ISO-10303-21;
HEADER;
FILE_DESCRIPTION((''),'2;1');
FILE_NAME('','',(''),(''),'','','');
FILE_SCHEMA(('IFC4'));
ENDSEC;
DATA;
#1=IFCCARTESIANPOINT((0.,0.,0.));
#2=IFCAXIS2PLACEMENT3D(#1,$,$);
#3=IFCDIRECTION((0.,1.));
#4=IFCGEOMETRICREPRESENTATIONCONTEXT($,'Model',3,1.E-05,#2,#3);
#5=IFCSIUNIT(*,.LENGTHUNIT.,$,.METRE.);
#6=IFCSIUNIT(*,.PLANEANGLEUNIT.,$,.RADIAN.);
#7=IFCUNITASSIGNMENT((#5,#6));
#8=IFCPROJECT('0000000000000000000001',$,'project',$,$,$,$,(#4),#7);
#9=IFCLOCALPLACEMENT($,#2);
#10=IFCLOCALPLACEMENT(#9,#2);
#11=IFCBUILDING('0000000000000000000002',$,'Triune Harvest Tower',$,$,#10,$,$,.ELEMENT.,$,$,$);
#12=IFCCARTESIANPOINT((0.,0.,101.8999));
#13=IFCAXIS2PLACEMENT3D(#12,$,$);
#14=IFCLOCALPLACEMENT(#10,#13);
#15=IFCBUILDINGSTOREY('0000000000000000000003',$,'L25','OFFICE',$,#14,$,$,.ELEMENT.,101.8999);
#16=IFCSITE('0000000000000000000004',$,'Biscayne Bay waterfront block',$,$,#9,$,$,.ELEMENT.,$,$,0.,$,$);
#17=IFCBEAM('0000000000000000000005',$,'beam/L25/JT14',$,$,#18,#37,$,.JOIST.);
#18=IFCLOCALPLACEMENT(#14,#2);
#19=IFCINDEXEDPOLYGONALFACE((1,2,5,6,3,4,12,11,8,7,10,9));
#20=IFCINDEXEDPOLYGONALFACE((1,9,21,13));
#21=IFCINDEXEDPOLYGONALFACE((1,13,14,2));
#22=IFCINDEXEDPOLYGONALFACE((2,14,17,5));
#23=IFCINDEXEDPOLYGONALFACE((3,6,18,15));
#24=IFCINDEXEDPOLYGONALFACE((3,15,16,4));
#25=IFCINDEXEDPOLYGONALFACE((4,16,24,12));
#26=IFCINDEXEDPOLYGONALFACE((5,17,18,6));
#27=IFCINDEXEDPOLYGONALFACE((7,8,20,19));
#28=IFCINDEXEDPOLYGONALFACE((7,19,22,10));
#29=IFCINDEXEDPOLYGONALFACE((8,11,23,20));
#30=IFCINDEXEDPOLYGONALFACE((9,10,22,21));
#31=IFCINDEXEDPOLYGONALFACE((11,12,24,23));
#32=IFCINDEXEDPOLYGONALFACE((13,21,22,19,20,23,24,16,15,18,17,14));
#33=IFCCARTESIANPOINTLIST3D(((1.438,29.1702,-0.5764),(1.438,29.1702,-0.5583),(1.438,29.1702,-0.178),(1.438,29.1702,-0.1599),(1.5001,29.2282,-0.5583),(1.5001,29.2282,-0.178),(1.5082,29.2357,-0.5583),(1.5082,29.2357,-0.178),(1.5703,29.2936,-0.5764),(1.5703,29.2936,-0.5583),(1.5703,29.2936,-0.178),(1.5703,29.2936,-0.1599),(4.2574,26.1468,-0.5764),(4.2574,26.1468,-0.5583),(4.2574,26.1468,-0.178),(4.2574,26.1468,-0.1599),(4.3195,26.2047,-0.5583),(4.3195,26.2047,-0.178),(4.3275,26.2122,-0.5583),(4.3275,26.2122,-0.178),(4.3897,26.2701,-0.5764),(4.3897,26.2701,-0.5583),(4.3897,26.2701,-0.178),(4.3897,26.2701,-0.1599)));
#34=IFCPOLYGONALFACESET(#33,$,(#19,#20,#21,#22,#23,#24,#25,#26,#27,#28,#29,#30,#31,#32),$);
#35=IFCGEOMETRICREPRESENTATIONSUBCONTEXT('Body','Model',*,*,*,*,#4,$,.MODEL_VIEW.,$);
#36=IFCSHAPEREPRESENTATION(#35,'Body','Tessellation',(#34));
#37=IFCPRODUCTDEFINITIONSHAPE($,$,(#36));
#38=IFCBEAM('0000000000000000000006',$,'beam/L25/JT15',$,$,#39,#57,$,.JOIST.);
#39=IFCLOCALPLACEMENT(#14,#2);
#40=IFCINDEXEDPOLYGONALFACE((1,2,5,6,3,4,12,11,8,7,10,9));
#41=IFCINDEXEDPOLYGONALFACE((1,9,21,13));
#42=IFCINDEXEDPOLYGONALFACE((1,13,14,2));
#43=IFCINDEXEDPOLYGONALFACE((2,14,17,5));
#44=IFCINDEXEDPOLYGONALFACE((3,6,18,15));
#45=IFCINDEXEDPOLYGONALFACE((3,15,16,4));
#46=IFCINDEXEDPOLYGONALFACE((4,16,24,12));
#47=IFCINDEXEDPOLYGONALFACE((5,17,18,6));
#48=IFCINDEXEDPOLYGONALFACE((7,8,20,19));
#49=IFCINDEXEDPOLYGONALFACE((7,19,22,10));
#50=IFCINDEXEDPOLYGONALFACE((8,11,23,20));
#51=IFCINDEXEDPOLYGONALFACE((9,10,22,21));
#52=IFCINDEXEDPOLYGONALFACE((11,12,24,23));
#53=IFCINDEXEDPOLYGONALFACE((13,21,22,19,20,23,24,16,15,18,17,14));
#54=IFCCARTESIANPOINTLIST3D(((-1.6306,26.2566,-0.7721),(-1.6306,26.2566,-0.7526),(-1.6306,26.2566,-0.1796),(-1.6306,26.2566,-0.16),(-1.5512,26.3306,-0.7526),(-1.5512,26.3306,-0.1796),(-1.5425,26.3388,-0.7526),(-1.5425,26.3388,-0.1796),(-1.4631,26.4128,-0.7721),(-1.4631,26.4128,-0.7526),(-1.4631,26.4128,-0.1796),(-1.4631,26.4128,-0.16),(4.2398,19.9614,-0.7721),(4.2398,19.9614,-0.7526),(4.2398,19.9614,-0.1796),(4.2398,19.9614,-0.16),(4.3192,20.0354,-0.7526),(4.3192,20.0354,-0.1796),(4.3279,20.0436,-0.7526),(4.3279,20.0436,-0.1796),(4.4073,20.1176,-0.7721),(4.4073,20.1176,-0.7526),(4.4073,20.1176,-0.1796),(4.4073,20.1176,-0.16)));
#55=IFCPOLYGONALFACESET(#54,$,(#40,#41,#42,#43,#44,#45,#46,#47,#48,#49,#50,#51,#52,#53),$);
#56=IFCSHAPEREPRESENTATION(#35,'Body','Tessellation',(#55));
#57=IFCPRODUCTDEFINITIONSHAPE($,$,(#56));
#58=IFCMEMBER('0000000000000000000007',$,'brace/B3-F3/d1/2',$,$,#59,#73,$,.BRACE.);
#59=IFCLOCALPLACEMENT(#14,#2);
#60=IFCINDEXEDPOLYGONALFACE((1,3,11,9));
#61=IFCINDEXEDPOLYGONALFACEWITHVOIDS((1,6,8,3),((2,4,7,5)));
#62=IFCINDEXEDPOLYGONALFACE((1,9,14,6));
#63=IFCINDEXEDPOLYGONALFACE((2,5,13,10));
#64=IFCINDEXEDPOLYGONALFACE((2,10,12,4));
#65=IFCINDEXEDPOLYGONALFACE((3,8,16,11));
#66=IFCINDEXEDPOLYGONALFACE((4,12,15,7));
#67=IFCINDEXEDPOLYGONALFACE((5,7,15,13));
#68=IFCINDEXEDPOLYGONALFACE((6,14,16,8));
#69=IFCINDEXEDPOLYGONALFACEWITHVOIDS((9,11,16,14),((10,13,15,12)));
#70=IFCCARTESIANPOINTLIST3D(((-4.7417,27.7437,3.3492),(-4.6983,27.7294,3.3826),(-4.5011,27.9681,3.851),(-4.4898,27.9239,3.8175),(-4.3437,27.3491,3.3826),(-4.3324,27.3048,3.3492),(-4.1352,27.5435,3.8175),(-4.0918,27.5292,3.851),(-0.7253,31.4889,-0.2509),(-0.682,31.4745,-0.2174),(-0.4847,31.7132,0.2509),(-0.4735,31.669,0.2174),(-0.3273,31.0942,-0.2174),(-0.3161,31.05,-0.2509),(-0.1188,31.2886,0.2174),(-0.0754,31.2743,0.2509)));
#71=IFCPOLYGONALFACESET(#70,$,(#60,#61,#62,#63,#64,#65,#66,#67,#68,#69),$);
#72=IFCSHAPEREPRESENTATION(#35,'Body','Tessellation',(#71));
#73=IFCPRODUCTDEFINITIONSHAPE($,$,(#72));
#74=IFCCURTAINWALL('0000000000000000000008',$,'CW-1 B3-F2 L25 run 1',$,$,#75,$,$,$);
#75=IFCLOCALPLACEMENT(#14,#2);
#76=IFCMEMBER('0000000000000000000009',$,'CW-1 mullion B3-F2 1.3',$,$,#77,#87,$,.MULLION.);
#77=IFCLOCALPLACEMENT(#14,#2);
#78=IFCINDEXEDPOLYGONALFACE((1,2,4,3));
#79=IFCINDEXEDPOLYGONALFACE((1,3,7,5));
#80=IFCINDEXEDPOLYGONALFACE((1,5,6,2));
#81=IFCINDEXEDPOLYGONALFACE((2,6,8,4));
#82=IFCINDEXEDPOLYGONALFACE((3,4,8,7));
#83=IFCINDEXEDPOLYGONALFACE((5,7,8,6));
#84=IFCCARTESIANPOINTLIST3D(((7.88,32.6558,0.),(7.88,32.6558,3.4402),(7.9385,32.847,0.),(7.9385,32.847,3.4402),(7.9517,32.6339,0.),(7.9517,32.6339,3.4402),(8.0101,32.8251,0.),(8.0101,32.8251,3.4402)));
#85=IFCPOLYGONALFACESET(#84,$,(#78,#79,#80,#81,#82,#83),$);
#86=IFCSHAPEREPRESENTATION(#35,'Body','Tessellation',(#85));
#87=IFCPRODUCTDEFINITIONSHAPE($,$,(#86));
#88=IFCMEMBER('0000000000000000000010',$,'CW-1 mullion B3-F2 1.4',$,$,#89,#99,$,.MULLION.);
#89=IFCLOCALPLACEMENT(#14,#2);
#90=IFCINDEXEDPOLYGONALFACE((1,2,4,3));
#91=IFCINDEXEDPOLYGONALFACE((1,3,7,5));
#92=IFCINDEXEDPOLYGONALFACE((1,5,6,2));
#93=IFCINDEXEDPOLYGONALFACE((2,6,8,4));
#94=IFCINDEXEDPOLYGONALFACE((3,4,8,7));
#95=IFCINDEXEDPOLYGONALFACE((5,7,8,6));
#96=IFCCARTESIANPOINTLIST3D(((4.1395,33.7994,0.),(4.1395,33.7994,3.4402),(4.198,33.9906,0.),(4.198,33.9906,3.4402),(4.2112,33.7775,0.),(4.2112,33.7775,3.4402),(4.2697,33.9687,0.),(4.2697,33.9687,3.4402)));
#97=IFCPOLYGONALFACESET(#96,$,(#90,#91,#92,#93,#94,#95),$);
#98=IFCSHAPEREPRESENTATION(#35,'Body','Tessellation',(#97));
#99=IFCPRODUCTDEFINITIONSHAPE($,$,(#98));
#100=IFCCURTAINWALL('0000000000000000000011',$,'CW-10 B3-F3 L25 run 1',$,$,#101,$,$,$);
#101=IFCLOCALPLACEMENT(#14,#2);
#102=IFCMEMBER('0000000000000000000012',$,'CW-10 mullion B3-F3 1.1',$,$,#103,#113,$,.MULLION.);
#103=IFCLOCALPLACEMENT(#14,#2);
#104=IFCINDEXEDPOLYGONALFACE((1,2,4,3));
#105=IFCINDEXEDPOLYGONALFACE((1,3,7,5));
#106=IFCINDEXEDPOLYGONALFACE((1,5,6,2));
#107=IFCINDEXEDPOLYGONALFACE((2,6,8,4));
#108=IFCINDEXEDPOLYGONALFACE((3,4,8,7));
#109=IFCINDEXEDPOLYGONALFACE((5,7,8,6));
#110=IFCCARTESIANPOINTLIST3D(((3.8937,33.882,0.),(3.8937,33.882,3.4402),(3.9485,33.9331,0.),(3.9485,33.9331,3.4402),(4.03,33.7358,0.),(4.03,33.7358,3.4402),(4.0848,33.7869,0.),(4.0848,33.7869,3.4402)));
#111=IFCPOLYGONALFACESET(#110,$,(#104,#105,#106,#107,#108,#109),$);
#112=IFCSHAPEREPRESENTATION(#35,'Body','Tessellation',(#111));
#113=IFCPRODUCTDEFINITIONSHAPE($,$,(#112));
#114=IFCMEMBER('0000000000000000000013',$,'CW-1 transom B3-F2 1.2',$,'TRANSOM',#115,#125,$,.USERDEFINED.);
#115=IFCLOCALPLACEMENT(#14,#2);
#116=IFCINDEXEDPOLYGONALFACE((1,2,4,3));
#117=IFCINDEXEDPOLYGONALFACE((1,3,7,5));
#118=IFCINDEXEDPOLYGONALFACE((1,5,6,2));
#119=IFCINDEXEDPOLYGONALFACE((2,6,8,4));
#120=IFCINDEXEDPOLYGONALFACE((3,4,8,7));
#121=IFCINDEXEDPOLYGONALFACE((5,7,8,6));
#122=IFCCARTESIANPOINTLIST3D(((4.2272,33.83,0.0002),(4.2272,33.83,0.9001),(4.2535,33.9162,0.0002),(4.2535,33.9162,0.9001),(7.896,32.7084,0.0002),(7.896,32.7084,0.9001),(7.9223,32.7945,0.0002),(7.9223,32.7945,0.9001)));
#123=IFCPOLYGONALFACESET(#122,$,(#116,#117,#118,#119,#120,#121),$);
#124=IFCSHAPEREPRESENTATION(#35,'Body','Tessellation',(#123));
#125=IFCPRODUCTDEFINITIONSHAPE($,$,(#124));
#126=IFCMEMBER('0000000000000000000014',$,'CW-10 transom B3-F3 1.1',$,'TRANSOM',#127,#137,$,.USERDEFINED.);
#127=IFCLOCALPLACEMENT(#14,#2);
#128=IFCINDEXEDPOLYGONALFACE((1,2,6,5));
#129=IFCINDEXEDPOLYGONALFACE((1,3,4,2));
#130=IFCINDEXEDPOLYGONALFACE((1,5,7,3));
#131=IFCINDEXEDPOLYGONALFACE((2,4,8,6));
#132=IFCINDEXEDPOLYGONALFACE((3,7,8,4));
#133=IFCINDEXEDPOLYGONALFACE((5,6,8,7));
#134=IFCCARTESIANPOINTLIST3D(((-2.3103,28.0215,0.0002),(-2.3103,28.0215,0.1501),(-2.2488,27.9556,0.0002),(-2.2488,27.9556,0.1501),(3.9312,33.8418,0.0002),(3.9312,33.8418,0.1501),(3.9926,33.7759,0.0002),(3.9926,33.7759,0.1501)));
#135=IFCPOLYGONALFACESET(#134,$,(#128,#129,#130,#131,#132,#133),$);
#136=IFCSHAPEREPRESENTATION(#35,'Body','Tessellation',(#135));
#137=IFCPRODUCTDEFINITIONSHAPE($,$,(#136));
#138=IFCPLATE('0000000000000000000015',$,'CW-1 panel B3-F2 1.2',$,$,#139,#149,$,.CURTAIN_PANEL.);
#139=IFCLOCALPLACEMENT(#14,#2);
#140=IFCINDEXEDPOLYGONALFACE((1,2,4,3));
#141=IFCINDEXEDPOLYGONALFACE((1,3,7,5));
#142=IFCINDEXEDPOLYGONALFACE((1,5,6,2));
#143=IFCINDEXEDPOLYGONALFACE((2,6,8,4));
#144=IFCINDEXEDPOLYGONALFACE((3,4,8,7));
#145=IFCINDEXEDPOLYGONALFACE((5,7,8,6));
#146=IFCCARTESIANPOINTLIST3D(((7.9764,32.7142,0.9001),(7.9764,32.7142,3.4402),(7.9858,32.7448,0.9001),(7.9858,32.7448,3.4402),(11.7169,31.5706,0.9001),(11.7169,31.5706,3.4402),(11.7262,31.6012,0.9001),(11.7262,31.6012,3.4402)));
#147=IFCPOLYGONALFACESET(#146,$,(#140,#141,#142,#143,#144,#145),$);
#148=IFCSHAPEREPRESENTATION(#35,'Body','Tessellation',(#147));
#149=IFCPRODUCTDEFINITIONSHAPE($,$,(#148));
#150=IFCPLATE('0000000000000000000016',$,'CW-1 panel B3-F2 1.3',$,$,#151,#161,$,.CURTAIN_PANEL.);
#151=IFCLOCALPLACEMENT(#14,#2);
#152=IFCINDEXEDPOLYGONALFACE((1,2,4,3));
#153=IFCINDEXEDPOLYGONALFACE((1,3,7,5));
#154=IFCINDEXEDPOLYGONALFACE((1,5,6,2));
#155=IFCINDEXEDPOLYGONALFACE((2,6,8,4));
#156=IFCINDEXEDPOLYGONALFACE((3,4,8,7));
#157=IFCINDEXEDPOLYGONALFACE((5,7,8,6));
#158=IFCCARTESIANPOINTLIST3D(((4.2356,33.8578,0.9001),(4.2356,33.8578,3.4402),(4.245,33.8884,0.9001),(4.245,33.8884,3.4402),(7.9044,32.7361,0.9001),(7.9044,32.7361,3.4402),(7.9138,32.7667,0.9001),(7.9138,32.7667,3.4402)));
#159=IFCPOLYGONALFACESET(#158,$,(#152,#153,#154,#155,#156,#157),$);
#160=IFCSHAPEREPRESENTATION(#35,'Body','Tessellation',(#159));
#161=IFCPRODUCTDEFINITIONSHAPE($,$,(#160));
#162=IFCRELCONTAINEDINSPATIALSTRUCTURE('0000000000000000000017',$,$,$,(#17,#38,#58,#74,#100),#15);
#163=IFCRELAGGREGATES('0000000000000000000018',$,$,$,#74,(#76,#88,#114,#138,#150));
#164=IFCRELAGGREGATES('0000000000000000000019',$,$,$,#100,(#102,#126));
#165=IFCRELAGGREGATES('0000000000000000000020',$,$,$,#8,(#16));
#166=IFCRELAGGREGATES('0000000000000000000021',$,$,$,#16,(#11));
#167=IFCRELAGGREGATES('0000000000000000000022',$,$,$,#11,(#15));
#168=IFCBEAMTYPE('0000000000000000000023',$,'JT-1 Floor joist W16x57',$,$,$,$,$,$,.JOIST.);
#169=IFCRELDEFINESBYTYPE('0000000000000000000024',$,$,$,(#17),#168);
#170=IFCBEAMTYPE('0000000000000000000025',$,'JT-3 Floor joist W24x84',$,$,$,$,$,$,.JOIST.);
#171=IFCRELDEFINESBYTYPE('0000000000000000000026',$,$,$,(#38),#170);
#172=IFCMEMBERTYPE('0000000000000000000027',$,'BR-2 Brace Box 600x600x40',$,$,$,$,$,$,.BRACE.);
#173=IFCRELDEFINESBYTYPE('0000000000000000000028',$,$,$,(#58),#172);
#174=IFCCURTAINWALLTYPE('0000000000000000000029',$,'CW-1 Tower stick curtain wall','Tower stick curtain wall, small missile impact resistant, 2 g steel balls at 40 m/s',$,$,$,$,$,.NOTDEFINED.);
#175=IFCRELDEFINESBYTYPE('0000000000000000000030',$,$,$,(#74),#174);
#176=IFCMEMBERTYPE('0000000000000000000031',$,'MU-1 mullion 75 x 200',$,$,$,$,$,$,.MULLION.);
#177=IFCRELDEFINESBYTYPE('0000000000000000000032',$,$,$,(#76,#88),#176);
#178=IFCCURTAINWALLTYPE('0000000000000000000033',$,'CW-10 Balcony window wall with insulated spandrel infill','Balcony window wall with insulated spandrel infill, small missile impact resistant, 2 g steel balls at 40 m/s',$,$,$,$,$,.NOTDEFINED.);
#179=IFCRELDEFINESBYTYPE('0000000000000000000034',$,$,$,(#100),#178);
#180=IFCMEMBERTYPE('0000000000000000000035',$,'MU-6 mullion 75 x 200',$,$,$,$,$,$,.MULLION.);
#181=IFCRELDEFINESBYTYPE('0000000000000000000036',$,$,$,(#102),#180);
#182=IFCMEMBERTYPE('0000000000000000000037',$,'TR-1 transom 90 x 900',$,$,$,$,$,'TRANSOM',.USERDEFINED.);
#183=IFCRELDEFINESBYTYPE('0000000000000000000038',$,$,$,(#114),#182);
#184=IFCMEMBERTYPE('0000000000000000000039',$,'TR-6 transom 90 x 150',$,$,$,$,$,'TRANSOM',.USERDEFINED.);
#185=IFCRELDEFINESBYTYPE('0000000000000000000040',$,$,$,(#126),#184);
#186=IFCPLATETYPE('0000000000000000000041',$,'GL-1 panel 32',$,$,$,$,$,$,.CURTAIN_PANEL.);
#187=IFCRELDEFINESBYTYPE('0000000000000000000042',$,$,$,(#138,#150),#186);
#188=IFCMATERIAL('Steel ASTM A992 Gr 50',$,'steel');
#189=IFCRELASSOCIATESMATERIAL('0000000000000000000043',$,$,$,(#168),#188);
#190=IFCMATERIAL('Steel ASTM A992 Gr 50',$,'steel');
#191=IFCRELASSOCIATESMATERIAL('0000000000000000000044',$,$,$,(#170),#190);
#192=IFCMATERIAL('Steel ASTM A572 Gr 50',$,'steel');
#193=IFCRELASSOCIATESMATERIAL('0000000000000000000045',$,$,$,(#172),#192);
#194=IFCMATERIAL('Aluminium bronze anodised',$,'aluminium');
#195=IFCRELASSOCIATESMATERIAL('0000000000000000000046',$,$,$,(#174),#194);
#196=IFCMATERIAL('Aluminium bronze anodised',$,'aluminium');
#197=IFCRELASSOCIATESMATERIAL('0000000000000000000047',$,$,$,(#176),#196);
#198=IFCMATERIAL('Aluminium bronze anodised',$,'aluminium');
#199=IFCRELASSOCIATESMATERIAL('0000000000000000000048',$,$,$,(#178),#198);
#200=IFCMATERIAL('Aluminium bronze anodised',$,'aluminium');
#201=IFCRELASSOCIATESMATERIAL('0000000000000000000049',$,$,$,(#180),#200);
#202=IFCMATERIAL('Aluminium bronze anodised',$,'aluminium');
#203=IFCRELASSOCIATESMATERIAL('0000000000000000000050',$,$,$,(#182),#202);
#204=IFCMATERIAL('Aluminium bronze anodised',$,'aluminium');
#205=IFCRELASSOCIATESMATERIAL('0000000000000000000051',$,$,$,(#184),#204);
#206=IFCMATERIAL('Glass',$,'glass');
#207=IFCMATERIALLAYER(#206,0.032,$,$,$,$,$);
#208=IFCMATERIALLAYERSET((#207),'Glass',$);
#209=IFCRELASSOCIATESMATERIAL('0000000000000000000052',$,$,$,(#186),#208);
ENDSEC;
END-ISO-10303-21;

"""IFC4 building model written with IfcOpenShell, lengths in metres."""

from ifc_helpers import new_model, si_unit, direction, frame, origin, origin_2d, place, context, subcontext, project, spatial, rectangle, hollow_rectangle, i_section, extrude, source, transform, mapped, material, layer, layer_set, material_profile, profile_set, type_object, element, aggregate, save


model = new_model("IFC4")

# Units and contexts
model_context = context("Model", 3, precision=1e-05, world=origin(), true_north=direction((0.0, 1.0)))
body_context = subcontext(model_context, "Body", "Model", "MODEL_VIEW")
ifc_project = project(units=[si_unit("LENGTHUNIT", "METRE"), si_unit("PLANEANGLEUNIT", "RADIAN")], contexts=[model_context])

# Site, building, storey
site_placement = place(None, origin())
site = spatial("IfcSite", under=ifc_project, at=site_placement, Name="Biscayne Bay waterfront block", CompositionType="ELEMENT", RefElevation=0.0)
building_placement = place(site_placement, origin())
building = spatial("IfcBuilding", under=site, at=building_placement, Name="Triune Harvest Tower", CompositionType="ELEMENT")
storey_placement = place(building_placement, frame((0.0, 0.0, 101.8999)))
storey = spatial("IfcBuildingStorey", under=building, at=storey_placement, Name="L25", Description="OFFICE", CompositionType="ELEMENT", Elevation=101.8999)

# Beams
ifc_material_1 = material(Name="Steel ASTM A992 Gr 50", Category="steel")
ifc_material_profile_1 = material_profile(ifc_material_1, i_section(OverallWidth=0.1809, OverallDepth=0.4165, WebThickness=0.011, FlangeThickness=0.0181, at=origin_2d()), Name="W16x57")
ifc_profile_set_1 = profile_set([ifc_material_profile_1], Name="Steel ASTM A992 Gr 50")
beam_type_1 = type_object("IfcBeamType", Name="JT-1 Floor joist W16x57", PredefinedType="JOIST", material=ifc_profile_set_1)
shared_shape_1 = source(origin(), body_context, "Body", "SweptSolid", [
    extrude(i_section(OverallWidth=0.1809, OverallDepth=0.4165, WebThickness=0.011, FlangeThickness=0.0181, at=origin_2d()), origin(), (0.0, 0.0, 1.0), 4.134),
])
beam_1_placement = place(storey_placement, frame((1.5042, 29.2319, -0.3682), z_axis=(0.68199, -0.731362, 0.0), x_axis=(0.731362, 0.68199, 0.0)))
element("IfcBeam", 1, at=beam_1_placement, inside=storey, type_object=beam_type_1, Name="beam/L25/JT14", PredefinedType="JOIST", context=body_context, shape_type="MappedRepresentation", body=[
    mapped(shared_shape_1, transform((0.0, 0.0, 0.0), scale=1.0)),
])
ifc_material_2 = material(Name="Steel ASTM A992 Gr 50", Category="steel")
ifc_material_profile_2 = material_profile(ifc_material_2, i_section(OverallWidth=0.229, OverallDepth=0.6121, WebThickness=0.012, FlangeThickness=0.0195, at=origin_2d()), Name="W24x84")
ifc_profile_set_2 = profile_set([ifc_material_profile_2], Name="Steel ASTM A992 Gr 50")
beam_type_2 = type_object("IfcBeamType", Name="JT-3 Floor joist W24x84", PredefinedType="JOIST", material=ifc_profile_set_2)
shared_shape_2 = source(origin(), body_context, "Body", "SweptSolid", [
    extrude(i_section(OverallWidth=0.229, OverallDepth=0.6121, WebThickness=0.012, FlangeThickness=0.0195, at=origin_2d()), origin(), (0.0, 0.0, 1.0), 8.6077),
])
beam_2_placement = place(storey_placement, frame((-1.5469, 26.3347, -0.4661), z_axis=(0.682, -0.731352, 0.0), x_axis=(0.731352, 0.682, 0.0)))
element("IfcBeam", 2, at=beam_2_placement, inside=storey, type_object=beam_type_2, Name="beam/L25/JT15", PredefinedType="JOIST", context=body_context, shape_type="MappedRepresentation", body=[
    mapped(shared_shape_2, transform((0.0, 0.0, 0.0), scale=1.0)),
])

# Member
ifc_material_3 = material(Name="Steel ASTM A572 Gr 50", Category="steel")
ifc_material_profile_3 = material_profile(ifc_material_3, hollow_rectangle(XDim=0.6001, YDim=0.6001, WallThickness=0.04, at=origin_2d()), Name="Box 600x600x40")
ifc_profile_set_3 = profile_set([ifc_material_profile_3], Name="Steel ASTM A572 Gr 50")
member_type_1 = type_object("IfcMemberType", Name="BR-2 Brace Box 600x600x40", PredefinedType="BRACE", material=ifc_profile_set_3)
shared_shape_3 = source(origin(), body_context, "Body", "SweptSolid", [
    extrude(hollow_rectangle(XDim=0.6001, YDim=0.6001, WallThickness=0.04, at=origin_2d()), origin(), (0.0, 0.0, 1.0), 6.5664),
])
member_1_placement = place(storey_placement, frame((-0.4004, 31.3816, 0.0), z_axis=(-0.611652, -0.570345, 0.54826), x_axis=(0.681979, -0.731372, 0.0)))
element("IfcMember", 3, at=member_1_placement, inside=storey, type_object=member_type_1, Name="brace/B3-F3/d1/2", PredefinedType="BRACE", context=body_context, shape_type="MappedRepresentation", body=[
    mapped(shared_shape_3, transform((0.0, 0.0, 0.0), scale=1.0)),
])

# Curtain wall, members
ifc_material_4 = material(Name="Aluminium bronze anodised", Category="aluminium")
curtain_wall_type_1 = type_object("IfcCurtainWallType", Name="CW-1 Tower stick curtain wall", Description="Tower stick curtain wall, small missile impact resistant, 2 g steel balls at 40 m/s", PredefinedType="NOTDEFINED", material=ifc_material_4)
curtain_wall_1_placement = place(storey_placement, origin())
curtain_wall_1 = element("IfcCurtainWall", 4, at=curtain_wall_1_placement, inside=storey, type_object=curtain_wall_type_1, Name="CW-1 B3-F2 L25 run 1")
ifc_material_5 = material(Name="Aluminium bronze anodised", Category="aluminium")
ifc_material_profile_4 = material_profile(ifc_material_5, rectangle(XDim=0.2, YDim=0.075, at=origin_2d()), Name="MU-1 mullion 75 x 200")
ifc_profile_set_4 = profile_set([ifc_material_profile_4], Name="Aluminium bronze anodised")
member_type_2 = type_object("IfcMemberType", Name="MU-1 mullion 75 x 200", PredefinedType="MULLION", material=ifc_profile_set_4)
shared_shape_4 = source(origin(), body_context, "Body", "SweptSolid", [
    extrude(rectangle(XDim=0.2, YDim=0.075, at=origin_2d()), origin(), (0.0, 0.0, 1.0), 3.4402),
])
member_2_placement = place(storey_placement, frame((7.9451, 32.7405, 0.0), z_axis=(0.0, 0.0, 1.0), x_axis=(-0.292377, -0.956303, 0.0)))
member_2 = element("IfcMember", 5, at=member_2_placement, type_object=member_type_2, Name="CW-1 mullion B3-F2 1.3", PredefinedType="MULLION", context=body_context, shape_type="MappedRepresentation", body=[
    mapped(shared_shape_4, transform((0.0, 0.0, 0.0), scale=1.0)),
])
member_3_placement = place(storey_placement, frame((4.2046, 33.884, 0.0), z_axis=(0.0, 0.0, 1.0), x_axis=(-0.292377, -0.956303, 0.0)))
member_3 = element("IfcMember", 6, at=member_3_placement, type_object=member_type_2, Name="CW-1 mullion B3-F2 1.4", PredefinedType="MULLION", context=body_context, shape_type="MappedRepresentation", body=[
    mapped(shared_shape_4, transform((0.0, 0.0, 0.0), scale=1.0)),
])

# Curtain wall, member
ifc_material_6 = material(Name="Aluminium bronze anodised", Category="aluminium")
curtain_wall_type_2 = type_object("IfcCurtainWallType", Name="CW-10 Balcony window wall with insulated spandrel infill", Description="Balcony window wall with insulated spandrel infill, small missile impact resistant, 2 g steel balls at 40 m/s", PredefinedType="NOTDEFINED", material=ifc_material_6)
curtain_wall_2_placement = place(storey_placement, origin())
curtain_wall_2 = element("IfcCurtainWall", 7, at=curtain_wall_2_placement, inside=storey, type_object=curtain_wall_type_2, Name="CW-10 B3-F3 L25 run 1")
ifc_material_7 = material(Name="Aluminium bronze anodised", Category="aluminium")
ifc_material_profile_5 = material_profile(ifc_material_7, rectangle(XDim=0.2, YDim=0.075, at=origin_2d()), Name="MU-6 mullion 75 x 200")
ifc_profile_set_5 = profile_set([ifc_material_profile_5], Name="Aluminium bronze anodised")
member_type_3 = type_object("IfcMemberType", Name="MU-6 mullion 75 x 200", PredefinedType="MULLION", material=ifc_profile_set_5)
shared_shape_5 = source(origin(), body_context, "Body", "SweptSolid", [
    extrude(rectangle(XDim=0.2, YDim=0.075, at=origin_2d()), origin(), (0.0, 0.0, 1.0), 3.4402),
])
member_4_placement = place(storey_placement, frame((3.9893, 33.8345, 0.0), z_axis=(0.0, 0.0, 1.0), x_axis=(0.681999, -0.731353, 0.0)))
member_4 = element("IfcMember", 8, at=member_4_placement, type_object=member_type_3, Name="CW-10 mullion B3-F3 1.1", PredefinedType="MULLION", context=body_context, shape_type="MappedRepresentation", body=[
    mapped(shared_shape_5, transform((0.0, 0.0, 0.0), scale=1.0)),
])

# Members
ifc_material_8 = material(Name="Aluminium bronze anodised", Category="aluminium")
ifc_material_profile_6 = material_profile(ifc_material_8, rectangle(XDim=0.0901, YDim=0.8999, at=origin_2d()), Name="TR-1 transom 90 x 900")
ifc_profile_set_6 = profile_set([ifc_material_profile_6], Name="Aluminium bronze anodised")
member_type_4 = type_object("IfcMemberType", Name="TR-1 transom 90 x 900", ElementType="TRANSOM", PredefinedType="USERDEFINED", material=ifc_profile_set_6)
shared_shape_6 = source(origin(), body_context, "Body", "SweptSolid", [
    extrude(rectangle(XDim=0.0901, YDim=0.8999, at=origin_2d()), origin(), (0.0, 0.0, 1.0), 3.8364),
])
member_5_placement = place(storey_placement, frame((7.9092, 32.7515, 0.4502), z_axis=(-0.956309, 0.292359, 0.0), x_axis=(-0.292359, -0.956309, 0.0)))
member_5 = element("IfcMember", 9, at=member_5_placement, type_object=member_type_4, Name="CW-1 transom B3-F2 1.2", ObjectType="TRANSOM", PredefinedType="USERDEFINED", context=body_context, shape_type="MappedRepresentation", body=[
    mapped(shared_shape_6, transform((0.0, 0.0, 0.0), scale=1.0)),
])
ifc_material_9 = material(Name="Aluminium bronze anodised", Category="aluminium")
ifc_material_profile_7 = material_profile(ifc_material_9, rectangle(XDim=0.0901, YDim=0.1499, at=origin_2d()), Name="TR-6 transom 90 x 150")
ifc_profile_set_7 = profile_set([ifc_material_profile_7], Name="Aluminium bronze anodised")
member_type_5 = type_object("IfcMemberType", Name="TR-6 transom 90 x 150", ElementType="TRANSOM", PredefinedType="USERDEFINED", material=ifc_profile_set_7)
shared_shape_7 = source(origin(), body_context, "Body", "SweptSolid", [
    extrude(rectangle(XDim=0.0901, YDim=0.1499, at=origin_2d()), origin(), (0.0, 0.0, 1.0), 8.5342),
])
member_6_placement = place(storey_placement, frame((3.9619, 33.8088, 0.0752), z_axis=(-0.73135, -0.682002, 0.0), x_axis=(0.682002, -0.73135, 0.0)))
member_6 = element("IfcMember", 10, at=member_6_placement, type_object=member_type_5, Name="CW-10 transom B3-F3 1.1", ObjectType="TRANSOM", PredefinedType="USERDEFINED", context=body_context, shape_type="MappedRepresentation", body=[
    mapped(shared_shape_7, transform((0.0, 0.0, 0.0), scale=1.0)),
])

# Plates
ifc_material_10 = material(Name="Glass", Category="glass")
ifc_layer_1 = layer(ifc_material_10, 0.032)
ifc_layer_set_1 = layer_set([ifc_layer_1], Name="Glass")
plate_type_1 = type_object("IfcPlateType", Name="GL-1 panel 32", PredefinedType="CURTAIN_PANEL", material=ifc_layer_set_1)
shared_shape_8 = source(origin(), body_context, "Body", "SweptSolid", [
    extrude(rectangle(XDim=3.9114, YDim=0.032, at=origin_2d()), origin(), (0.0, 0.0, 1.0), 2.54),
])
plate_1_placement = place(storey_placement, frame((9.8513, 32.1577, 0.9001), z_axis=(0.0, 0.0, 1.0), x_axis=(-0.956303, 0.292377, 0.0)))
plate_1 = element("IfcPlate", 11, at=plate_1_placement, type_object=plate_type_1, Name="CW-1 panel B3-F2 1.2", PredefinedType="CURTAIN_PANEL", context=body_context, shape_type="MappedRepresentation", body=[
    mapped(shared_shape_8, transform((0.0, 0.0, 0.0), scale=1.0)),
])
shared_shape_9 = source(origin(), body_context, "Body", "SweptSolid", [
    extrude(rectangle(XDim=3.8364, YDim=0.032, at=origin_2d()), origin(), (0.0, 0.0, 1.0), 2.54),
])
plate_2_placement = place(storey_placement, frame((6.0747, 33.3123, 0.9001), z_axis=(0.0, 0.0, 1.0), x_axis=(-0.956303, 0.292377, 0.0)))
plate_2 = element("IfcPlate", 12, at=plate_2_placement, type_object=plate_type_1, Name="CW-1 panel B3-F2 1.3", PredefinedType="CURTAIN_PANEL", context=body_context, shape_type="MappedRepresentation", body=[
    mapped(shared_shape_9, transform((0.0, 0.0, 0.0), scale=1.0)),
])
aggregate(curtain_wall_1, [member_2, member_3, member_5, plate_1, plate_2])
aggregate(curtain_wall_2, [member_4, member_6])

save(model, "model.ifc")
